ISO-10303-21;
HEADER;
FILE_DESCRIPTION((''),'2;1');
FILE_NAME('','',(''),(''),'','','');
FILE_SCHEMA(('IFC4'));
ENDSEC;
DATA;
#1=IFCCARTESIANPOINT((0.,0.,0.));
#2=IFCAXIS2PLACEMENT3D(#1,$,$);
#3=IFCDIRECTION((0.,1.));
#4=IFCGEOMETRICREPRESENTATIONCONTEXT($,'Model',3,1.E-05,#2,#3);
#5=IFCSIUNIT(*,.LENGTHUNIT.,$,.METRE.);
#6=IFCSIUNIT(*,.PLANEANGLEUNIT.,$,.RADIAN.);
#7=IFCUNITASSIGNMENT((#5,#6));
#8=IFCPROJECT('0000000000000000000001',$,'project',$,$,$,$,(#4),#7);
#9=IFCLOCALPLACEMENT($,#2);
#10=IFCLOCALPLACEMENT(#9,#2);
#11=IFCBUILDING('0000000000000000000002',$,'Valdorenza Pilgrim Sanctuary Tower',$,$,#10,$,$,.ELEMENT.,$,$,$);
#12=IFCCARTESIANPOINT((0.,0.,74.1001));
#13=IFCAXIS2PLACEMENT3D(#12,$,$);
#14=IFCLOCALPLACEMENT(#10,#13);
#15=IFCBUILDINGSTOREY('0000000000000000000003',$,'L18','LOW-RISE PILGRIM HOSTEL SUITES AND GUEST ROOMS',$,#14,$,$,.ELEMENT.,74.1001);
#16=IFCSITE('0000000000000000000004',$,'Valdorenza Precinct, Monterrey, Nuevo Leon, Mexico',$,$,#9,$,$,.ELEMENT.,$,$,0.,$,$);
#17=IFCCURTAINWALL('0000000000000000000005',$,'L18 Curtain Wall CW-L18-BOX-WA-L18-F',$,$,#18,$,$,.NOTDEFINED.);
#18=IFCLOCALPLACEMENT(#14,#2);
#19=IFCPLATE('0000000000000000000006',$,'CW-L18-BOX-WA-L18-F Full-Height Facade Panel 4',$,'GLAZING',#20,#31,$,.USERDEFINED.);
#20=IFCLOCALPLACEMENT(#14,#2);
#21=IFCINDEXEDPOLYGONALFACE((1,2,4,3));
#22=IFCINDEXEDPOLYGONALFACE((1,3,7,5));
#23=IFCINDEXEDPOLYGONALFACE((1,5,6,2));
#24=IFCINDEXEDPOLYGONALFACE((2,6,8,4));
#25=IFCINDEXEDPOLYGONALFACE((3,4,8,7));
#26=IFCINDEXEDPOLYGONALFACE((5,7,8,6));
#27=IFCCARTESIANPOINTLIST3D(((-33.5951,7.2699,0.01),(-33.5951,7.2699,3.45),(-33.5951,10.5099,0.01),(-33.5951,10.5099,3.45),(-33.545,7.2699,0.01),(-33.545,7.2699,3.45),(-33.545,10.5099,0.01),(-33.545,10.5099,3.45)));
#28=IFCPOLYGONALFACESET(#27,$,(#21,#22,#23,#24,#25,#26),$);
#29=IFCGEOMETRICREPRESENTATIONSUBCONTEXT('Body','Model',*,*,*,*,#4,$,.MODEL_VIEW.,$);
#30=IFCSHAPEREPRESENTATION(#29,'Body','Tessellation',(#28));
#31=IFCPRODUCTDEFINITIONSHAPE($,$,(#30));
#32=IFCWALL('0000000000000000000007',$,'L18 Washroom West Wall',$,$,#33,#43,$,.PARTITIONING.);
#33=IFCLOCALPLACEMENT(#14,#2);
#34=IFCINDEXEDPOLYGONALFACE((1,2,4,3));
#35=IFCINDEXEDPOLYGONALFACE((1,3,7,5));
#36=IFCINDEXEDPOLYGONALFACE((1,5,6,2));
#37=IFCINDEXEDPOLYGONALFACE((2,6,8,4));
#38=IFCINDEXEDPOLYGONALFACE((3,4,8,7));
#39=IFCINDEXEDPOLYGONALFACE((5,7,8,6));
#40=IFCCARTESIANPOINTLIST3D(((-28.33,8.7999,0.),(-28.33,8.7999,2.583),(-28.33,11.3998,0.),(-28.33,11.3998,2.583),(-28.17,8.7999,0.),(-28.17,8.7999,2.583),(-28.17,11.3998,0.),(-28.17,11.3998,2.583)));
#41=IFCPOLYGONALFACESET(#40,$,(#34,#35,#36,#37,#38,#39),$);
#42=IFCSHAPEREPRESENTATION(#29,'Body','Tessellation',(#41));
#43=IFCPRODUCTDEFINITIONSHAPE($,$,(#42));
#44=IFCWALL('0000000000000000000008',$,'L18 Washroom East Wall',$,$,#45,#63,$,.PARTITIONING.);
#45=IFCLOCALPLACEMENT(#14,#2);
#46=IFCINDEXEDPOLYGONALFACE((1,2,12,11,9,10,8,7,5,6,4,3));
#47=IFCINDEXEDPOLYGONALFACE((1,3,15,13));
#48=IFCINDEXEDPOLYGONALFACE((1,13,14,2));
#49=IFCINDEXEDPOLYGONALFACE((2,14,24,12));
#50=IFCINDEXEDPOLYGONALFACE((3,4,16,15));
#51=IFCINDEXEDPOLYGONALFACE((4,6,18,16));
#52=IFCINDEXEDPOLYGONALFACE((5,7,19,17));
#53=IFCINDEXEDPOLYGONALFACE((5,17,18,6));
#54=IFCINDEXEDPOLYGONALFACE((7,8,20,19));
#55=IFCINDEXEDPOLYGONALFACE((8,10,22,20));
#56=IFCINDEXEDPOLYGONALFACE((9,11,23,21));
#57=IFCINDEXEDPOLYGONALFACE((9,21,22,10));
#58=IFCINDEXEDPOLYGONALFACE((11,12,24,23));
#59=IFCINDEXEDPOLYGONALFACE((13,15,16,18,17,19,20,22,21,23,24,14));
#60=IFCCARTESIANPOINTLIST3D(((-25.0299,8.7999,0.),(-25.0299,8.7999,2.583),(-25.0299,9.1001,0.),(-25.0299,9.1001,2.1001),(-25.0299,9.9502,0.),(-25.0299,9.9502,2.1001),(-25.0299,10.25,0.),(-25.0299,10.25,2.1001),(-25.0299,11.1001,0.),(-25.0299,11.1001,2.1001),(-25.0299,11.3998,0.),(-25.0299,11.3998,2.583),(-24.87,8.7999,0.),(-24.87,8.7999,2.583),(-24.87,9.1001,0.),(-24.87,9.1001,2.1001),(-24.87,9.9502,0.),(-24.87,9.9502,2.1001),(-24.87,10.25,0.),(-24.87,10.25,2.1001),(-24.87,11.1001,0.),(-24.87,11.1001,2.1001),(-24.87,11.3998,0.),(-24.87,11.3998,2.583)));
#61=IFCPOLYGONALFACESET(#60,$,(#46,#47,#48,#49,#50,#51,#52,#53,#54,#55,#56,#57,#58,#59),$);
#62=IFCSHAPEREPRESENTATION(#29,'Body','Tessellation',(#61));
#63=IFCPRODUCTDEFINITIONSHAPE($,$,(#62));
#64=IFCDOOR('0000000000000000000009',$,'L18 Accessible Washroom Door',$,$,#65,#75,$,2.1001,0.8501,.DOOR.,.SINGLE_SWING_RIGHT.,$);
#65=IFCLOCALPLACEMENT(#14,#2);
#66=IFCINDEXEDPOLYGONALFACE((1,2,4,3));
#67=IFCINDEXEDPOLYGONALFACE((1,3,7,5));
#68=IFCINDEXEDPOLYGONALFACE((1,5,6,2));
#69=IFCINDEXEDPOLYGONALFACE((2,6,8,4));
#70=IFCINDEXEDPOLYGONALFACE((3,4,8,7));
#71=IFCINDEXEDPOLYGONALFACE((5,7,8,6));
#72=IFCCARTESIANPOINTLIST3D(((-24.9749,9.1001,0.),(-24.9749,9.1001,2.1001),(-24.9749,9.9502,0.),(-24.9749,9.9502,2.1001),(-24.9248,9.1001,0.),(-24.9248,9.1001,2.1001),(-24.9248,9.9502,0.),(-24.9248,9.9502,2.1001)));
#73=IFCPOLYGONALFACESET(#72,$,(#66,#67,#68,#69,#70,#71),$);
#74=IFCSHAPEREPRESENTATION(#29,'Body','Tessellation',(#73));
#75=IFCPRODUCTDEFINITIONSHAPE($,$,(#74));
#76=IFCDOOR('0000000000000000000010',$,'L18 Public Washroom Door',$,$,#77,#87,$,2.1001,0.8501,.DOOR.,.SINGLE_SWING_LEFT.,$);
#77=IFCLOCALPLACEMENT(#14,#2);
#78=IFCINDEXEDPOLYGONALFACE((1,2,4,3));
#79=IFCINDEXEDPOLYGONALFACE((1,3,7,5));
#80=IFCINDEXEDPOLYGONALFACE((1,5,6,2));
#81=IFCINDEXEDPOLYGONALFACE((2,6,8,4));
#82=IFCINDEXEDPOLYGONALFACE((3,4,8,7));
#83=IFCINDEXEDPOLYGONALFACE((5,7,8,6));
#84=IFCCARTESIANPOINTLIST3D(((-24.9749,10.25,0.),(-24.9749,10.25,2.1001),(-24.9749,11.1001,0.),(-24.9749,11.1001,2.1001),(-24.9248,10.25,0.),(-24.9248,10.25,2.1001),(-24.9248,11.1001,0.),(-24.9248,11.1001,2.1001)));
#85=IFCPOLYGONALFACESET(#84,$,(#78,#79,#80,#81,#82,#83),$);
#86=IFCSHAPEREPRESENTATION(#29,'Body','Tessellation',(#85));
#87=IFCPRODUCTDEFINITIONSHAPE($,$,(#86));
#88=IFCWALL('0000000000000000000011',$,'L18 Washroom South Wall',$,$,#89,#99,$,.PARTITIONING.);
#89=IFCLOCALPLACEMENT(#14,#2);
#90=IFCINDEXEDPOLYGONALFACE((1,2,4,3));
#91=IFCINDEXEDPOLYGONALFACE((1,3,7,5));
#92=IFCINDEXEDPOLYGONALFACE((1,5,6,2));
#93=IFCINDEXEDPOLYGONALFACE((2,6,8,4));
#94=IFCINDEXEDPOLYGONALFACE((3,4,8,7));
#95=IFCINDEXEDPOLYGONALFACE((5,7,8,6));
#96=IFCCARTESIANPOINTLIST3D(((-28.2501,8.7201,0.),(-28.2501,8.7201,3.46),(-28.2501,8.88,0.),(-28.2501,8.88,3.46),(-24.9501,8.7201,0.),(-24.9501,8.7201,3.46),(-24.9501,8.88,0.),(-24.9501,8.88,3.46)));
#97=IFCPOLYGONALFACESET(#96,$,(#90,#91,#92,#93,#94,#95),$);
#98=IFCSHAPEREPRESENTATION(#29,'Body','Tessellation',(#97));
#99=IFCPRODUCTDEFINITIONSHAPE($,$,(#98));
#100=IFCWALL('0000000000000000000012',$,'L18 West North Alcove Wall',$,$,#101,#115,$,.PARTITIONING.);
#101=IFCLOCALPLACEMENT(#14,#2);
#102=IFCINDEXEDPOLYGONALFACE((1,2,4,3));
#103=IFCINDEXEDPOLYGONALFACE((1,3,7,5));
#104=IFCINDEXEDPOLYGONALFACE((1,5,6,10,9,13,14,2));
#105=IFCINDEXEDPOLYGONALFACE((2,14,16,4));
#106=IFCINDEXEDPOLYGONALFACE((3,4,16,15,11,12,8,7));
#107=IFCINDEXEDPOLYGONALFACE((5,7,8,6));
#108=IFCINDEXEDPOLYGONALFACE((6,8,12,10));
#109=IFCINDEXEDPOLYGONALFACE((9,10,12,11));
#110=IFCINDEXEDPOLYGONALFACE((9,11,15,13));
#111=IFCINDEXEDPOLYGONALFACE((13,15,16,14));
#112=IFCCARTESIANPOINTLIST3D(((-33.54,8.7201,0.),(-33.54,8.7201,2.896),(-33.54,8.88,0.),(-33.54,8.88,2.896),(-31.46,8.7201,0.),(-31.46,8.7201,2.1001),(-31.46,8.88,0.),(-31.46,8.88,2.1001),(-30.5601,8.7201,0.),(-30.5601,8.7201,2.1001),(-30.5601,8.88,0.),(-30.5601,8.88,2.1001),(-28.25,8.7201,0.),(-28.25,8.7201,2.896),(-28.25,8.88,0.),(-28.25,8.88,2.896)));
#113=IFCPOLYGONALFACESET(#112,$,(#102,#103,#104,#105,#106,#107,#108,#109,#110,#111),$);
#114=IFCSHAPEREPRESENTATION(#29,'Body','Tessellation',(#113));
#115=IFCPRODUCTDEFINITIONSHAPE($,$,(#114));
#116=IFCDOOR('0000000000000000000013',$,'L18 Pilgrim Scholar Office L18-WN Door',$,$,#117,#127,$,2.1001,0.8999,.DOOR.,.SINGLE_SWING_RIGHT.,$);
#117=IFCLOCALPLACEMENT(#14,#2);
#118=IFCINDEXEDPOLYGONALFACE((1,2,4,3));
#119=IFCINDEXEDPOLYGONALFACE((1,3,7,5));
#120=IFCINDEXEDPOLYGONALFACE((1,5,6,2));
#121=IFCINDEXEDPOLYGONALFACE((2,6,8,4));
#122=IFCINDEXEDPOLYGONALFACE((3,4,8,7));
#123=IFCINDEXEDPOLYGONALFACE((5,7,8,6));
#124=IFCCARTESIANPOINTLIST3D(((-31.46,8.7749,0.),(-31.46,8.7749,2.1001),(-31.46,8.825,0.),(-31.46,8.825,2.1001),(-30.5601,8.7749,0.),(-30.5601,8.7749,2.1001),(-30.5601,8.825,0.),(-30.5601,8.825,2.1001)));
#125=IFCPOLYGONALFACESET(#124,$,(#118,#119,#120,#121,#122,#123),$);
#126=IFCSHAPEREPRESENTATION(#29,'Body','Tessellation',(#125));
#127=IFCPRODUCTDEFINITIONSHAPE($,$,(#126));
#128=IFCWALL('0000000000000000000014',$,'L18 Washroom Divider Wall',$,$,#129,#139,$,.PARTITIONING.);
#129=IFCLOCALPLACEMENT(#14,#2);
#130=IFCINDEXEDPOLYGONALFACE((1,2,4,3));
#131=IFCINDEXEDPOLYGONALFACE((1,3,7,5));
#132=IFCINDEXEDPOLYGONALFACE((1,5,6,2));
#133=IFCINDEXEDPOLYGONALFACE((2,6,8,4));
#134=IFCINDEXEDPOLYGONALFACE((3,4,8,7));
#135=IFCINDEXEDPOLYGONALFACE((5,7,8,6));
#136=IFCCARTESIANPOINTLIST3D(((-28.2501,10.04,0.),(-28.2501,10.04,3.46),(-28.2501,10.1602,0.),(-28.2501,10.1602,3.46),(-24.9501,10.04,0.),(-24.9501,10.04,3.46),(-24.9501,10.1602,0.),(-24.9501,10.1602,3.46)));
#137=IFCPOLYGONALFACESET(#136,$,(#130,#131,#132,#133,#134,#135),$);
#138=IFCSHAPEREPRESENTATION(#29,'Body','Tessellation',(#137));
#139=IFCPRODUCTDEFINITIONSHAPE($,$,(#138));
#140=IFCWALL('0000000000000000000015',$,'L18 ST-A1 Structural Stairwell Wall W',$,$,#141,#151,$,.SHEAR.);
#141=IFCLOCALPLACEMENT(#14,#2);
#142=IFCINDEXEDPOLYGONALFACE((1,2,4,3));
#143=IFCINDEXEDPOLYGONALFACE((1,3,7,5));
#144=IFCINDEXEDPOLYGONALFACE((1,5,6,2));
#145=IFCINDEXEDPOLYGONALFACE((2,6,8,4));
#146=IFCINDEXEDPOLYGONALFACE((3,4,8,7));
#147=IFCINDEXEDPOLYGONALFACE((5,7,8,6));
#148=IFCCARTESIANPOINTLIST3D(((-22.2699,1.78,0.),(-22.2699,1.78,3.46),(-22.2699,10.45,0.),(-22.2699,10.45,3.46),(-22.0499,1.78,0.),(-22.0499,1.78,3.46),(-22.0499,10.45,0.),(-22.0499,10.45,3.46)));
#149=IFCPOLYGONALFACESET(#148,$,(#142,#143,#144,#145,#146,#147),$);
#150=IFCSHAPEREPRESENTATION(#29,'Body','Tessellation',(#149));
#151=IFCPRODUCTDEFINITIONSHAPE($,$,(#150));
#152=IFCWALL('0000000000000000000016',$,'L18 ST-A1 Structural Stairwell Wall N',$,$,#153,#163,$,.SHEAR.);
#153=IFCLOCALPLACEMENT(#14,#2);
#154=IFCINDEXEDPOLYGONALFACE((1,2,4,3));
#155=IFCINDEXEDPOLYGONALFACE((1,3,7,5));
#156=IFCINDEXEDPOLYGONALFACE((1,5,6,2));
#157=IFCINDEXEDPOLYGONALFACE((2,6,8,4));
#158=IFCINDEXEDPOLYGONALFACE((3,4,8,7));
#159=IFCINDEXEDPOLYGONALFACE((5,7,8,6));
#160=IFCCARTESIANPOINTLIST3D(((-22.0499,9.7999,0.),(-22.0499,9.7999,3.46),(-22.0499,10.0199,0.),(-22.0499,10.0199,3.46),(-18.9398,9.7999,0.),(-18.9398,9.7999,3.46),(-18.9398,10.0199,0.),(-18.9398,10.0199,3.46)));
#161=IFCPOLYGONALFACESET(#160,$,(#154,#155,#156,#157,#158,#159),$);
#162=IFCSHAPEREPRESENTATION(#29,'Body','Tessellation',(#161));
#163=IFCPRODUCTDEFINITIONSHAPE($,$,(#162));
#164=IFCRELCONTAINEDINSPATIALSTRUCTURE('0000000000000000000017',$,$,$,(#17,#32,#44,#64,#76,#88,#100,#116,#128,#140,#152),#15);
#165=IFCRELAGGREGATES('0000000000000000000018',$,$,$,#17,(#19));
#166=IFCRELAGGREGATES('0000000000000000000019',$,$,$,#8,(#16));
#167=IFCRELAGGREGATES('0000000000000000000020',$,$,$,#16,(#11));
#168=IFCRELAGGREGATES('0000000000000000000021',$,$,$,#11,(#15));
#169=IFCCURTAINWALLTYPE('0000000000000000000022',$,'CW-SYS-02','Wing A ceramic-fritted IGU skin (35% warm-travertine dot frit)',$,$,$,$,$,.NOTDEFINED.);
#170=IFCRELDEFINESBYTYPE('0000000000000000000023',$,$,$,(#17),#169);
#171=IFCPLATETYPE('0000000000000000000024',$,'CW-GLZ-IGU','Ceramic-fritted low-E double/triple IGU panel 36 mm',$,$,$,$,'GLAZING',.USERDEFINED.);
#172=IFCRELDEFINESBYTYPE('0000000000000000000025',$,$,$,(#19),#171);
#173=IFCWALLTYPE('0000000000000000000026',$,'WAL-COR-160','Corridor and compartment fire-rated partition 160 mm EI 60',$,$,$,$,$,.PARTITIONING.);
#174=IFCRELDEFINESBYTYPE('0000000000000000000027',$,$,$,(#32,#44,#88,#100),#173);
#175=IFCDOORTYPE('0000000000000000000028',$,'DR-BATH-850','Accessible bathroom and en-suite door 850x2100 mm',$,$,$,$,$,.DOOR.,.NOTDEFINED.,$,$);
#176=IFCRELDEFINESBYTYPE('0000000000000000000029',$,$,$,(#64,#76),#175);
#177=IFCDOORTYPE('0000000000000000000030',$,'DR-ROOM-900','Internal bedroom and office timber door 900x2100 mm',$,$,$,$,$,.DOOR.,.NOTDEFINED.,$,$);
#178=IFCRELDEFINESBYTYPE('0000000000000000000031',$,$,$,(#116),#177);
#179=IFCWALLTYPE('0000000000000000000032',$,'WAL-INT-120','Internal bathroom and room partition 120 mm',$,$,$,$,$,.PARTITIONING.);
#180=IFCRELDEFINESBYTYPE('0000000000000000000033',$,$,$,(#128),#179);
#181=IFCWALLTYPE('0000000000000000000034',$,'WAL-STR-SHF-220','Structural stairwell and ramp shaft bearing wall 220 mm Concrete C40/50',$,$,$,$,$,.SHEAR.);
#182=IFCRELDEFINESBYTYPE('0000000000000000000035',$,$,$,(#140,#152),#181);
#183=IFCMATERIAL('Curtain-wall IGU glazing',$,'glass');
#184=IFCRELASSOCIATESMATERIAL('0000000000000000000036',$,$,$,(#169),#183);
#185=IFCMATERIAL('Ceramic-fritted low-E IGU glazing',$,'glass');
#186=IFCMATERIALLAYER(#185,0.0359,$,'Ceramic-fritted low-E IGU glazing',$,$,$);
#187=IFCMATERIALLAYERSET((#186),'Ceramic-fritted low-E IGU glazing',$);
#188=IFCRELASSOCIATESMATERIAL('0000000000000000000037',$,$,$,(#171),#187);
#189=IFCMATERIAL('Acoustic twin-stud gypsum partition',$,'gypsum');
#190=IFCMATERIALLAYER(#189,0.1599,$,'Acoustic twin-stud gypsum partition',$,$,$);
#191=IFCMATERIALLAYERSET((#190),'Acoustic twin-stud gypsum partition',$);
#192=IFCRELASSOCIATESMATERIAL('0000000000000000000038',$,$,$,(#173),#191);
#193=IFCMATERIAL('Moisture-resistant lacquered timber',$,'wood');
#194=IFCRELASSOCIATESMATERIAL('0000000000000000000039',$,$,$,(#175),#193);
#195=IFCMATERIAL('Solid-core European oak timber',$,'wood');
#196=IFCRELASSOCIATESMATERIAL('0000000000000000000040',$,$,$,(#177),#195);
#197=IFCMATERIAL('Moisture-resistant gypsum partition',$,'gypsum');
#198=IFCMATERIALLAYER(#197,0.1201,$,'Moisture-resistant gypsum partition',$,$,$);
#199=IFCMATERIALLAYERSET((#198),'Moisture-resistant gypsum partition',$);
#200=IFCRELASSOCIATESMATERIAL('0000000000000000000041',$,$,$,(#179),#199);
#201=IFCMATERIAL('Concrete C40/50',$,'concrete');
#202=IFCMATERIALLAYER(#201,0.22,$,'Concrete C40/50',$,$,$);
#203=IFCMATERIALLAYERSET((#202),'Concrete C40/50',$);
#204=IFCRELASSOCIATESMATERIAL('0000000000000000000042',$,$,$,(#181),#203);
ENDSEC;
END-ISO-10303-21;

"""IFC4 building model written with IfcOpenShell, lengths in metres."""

from ifc_helpers import new_model, si_unit, direction, frame, frame_2d, origin, origin_2d, place, context, subcontext, project, spatial, rectangle, extrude, source, transform, mapped, material, layer, layer_set, type_object, element, fill, aggregate, save


model = new_model("IFC4")

# Units and contexts
model_context = context("Model", 3, precision=1e-05, world=origin(), true_north=direction((0.0, 1.0)))
body_context = subcontext(model_context, "Body", "Model", "MODEL_VIEW")
ifc_project = project(units=[si_unit("LENGTHUNIT", "METRE"), si_unit("PLANEANGLEUNIT", "RADIAN")], contexts=[model_context])

# Site, building, storey
site_placement = place(None, origin())
site = spatial("IfcSite", under=ifc_project, at=site_placement, Name="Valdorenza Precinct, Monterrey, Nuevo Leon, Mexico", CompositionType="ELEMENT", RefElevation=0.0)
building_placement = place(site_placement, origin())
building = spatial("IfcBuilding", under=site, at=building_placement, Name="Valdorenza Pilgrim Sanctuary Tower", CompositionType="ELEMENT")
storey_placement = place(building_placement, frame((0.0, 0.0, 74.1001)))
storey = spatial("IfcBuildingStorey", under=building, at=storey_placement, Name="L18", Description="LOW-RISE PILGRIM HOSTEL SUITES AND GUEST ROOMS", CompositionType="ELEMENT", Elevation=74.1001)

# Curtain wall
ifc_material_1 = material(Name="Curtain-wall IGU glazing", Category="glass")
curtain_wall_type = type_object("IfcCurtainWallType", Name="CW-SYS-02", Description="Wing A ceramic-fritted IGU skin (35% warm-travertine dot frit)", PredefinedType="NOTDEFINED", material=ifc_material_1)
curtain_wall_1_placement = place(storey_placement, origin())
curtain_wall_1 = element("IfcCurtainWall", 1, at=curtain_wall_1_placement, inside=storey, type_object=curtain_wall_type, Name="L18 Curtain Wall CW-L18-BOX-WA-L18-F", PredefinedType="NOTDEFINED")

# Plate
ifc_material_2 = material(Name="Ceramic-fritted low-E IGU glazing", Category="glass")
ifc_layer_1 = layer(ifc_material_2, 0.0359, Name="Ceramic-fritted low-E IGU glazing")
ifc_layer_set_1 = layer_set([ifc_layer_1], Name="Ceramic-fritted low-E IGU glazing")
plate_type_1 = type_object("IfcPlateType", Name="CW-GLZ-IGU", Description="Ceramic-fritted low-E double/triple IGU panel 36 mm", ElementType="GLAZING", PredefinedType="USERDEFINED", material=ifc_layer_set_1)
shared_shape_1 = source(origin(), body_context, "Body", "SweptSolid", [
    extrude(rectangle(XDim=3.24, YDim=0.05, at=origin_2d()), origin(), (0.0, 0.0, 1.0), 3.4399),
])
plate_1_placement = place(storey_placement, frame((-33.5701, 8.8899, 0.01), z_axis=(0.0, 0.0, 1.0), x_axis=(0.0, 1.0, 0.0)))
plate_1 = element("IfcPlate", 2, at=plate_1_placement, type_object=plate_type_1, Name="CW-L18-BOX-WA-L18-F Full-Height Facade Panel 4", ObjectType="GLAZING", PredefinedType="USERDEFINED", context=body_context, shape_type="MappedRepresentation", body=[
    mapped(shared_shape_1, transform((0.0, 0.0, 0.0), x_axis=(1.0, 0.0, 0.0), y_axis=(0.0, 1.0, 0.0), z_axis=(0.0, 0.0, 1.0), scale=1.0)),
])
aggregate(curtain_wall_1, [plate_1])

# Wall
ifc_material_3 = material(Name="Acoustic twin-stud gypsum partition", Category="gypsum")
ifc_layer_2 = layer(ifc_material_3, 0.1599, Name="Acoustic twin-stud gypsum partition")
ifc_layer_set_2 = layer_set([ifc_layer_2], Name="Acoustic twin-stud gypsum partition")
wall_type_1 = type_object("IfcWallType", Name="WAL-COR-160", Description="Corridor and compartment fire-rated partition 160 mm EI 60", PredefinedType="PARTITIONING", material=ifc_layer_set_2)
wall_1_placement = place(storey_placement, frame((-28.25, 8.8, 0.0), z_axis=(0.0, 0.0, 1.0), x_axis=(0.0, 1.0, 0.0)))
element("IfcWall", 3, at=wall_1_placement, inside=storey, type_object=wall_type_1, Name="L18 Washroom West Wall", PredefinedType="PARTITIONING", context=body_context, shape_type="SweptSolid", body=[
    extrude(rectangle(XDim=2.5999, YDim=0.1599, at=frame_2d((1.2998, 0.0))), origin(), (0.0, 0.0, 1.0), 2.583),
])

# Wall, openings, doors
wall_2_placement = place(storey_placement, frame((-24.95, 8.8, 0.0), z_axis=(0.0, 0.0, 1.0), x_axis=(0.0, 1.0, 0.0)))
wall_2 = element("IfcWall", 4, at=wall_2_placement, inside=storey, type_object=wall_type_1, Name="L18 Washroom East Wall", PredefinedType="PARTITIONING", context=body_context, shape_type="SweptSolid", body=[
    extrude(rectangle(XDim=2.5999, YDim=0.1599, at=frame_2d((1.2998, 0.0))), origin(), (0.0, 0.0, 1.0), 2.583),
])
opening_1_placement = place(wall_2_placement, frame((0.3, 0.0, 0.0)))
opening_1 = element("IfcOpeningElement", 5, at=opening_1_placement, cuts=wall_2, PredefinedType="OPENING", context=body_context, shape_type="SweptSolid", body=[
    extrude(rectangle(XDim=0.8501, YDim=2.1001, at=frame_2d((0.425, 1.05))), frame((0.0, 0.0947, 0.0), z_axis=(0.0, -1.0, 0.0), x_axis=(1.0, 0.0, 0.0)), (0.0, 0.0, 1.0), 0.1897),
])
opening_2_placement = place(wall_2_placement, frame((1.45, 0.0, 0.0)))
opening_2 = element("IfcOpeningElement", 6, at=opening_2_placement, cuts=wall_2, PredefinedType="OPENING", context=body_context, shape_type="SweptSolid", body=[
    extrude(rectangle(XDim=0.8501, YDim=2.1001, at=frame_2d((0.425, 1.05))), frame((0.0, 0.0947, 0.0), z_axis=(0.0, -1.0, 0.0), x_axis=(1.0, 0.0, 0.0)), (0.0, 0.0, 1.0), 0.1897),
])
ifc_material_4 = material(Name="Moisture-resistant lacquered timber", Category="wood")
door_type_1 = type_object("IfcDoorType", Name="DR-BATH-850", Description="Accessible bathroom and en-suite door 850x2100 mm", OperationType="NOTDEFINED", PredefinedType="DOOR", material=ifc_material_4)
door_1_placement = place(opening_1_placement, origin())
door_1 = element("IfcDoor", 7, at=door_1_placement, inside=storey, type_object=door_type_1, Name="L18 Accessible Washroom Door", OperationType="SINGLE_SWING_RIGHT", OverallHeight=2.1001, OverallWidth=0.8501, PredefinedType="DOOR", context=body_context, shape_type="SweptSolid", body=[
    extrude(rectangle(XDim=0.8501, YDim=2.1001, at=frame_2d((0.425, 1.05))), frame((0.0, 0.0249, 0.0), z_axis=(0.0, -1.0, 0.0), x_axis=(1.0, 0.0, 0.0)), (0.0, 0.0, 1.0), 0.05),
])
fill(opening_1, door_1)
door_2_placement = place(opening_2_placement, origin())
door_2 = element("IfcDoor", 8, at=door_2_placement, inside=storey, type_object=door_type_1, Name="L18 Public Washroom Door", OperationType="SINGLE_SWING_LEFT", OverallHeight=2.1001, OverallWidth=0.8501, PredefinedType="DOOR", context=body_context, shape_type="SweptSolid", body=[
    extrude(rectangle(XDim=0.8501, YDim=2.1001, at=frame_2d((0.425, 1.05))), frame((0.0, 0.0249, 0.0), z_axis=(0.0, -1.0, 0.0), x_axis=(1.0, 0.0, 0.0)), (0.0, 0.0, 1.0), 0.05),
])
fill(opening_2, door_2)

# Wall
wall_3_placement = place(storey_placement, frame((-28.25, 8.8, 0.0), z_axis=(0.0, 0.0, 1.0), x_axis=(1.0, 0.0, 0.0)))
element("IfcWall", 9, at=wall_3_placement, inside=storey, type_object=wall_type_1, Name="L18 Washroom South Wall", PredefinedType="PARTITIONING", context=body_context, shape_type="SweptSolid", body=[
    extrude(rectangle(XDim=3.3, YDim=0.1599, at=frame_2d((1.6499, 0.0))), origin(), (0.0, 0.0, 1.0), 3.46),
])

# Wall, opening, door
wall_4_placement = place(storey_placement, frame((-33.54, 8.8, 0.0), z_axis=(0.0, 0.0, 1.0), x_axis=(1.0, 0.0, 0.0)))
wall_4 = element("IfcWall", 10, at=wall_4_placement, inside=storey, type_object=wall_type_1, Name="L18 West North Alcove Wall", PredefinedType="PARTITIONING", context=body_context, shape_type="SweptSolid", body=[
    extrude(rectangle(XDim=5.29, YDim=0.1599, at=frame_2d((2.645, 0.0))), origin(), (0.0, 0.0, 1.0), 2.896),
])
opening_3_placement = place(wall_4_placement, frame((2.0801, 0.0, 0.0)))
opening_3 = element("IfcOpeningElement", 11, at=opening_3_placement, cuts=wall_4, PredefinedType="OPENING", context=body_context, shape_type="SweptSolid", body=[
    extrude(rectangle(XDim=0.8999, YDim=2.1001, at=frame_2d((0.45, 1.05))), frame((0.0, 0.0947, 0.0), z_axis=(0.0, -1.0, 0.0), x_axis=(1.0, 0.0, 0.0)), (0.0, 0.0, 1.0), 0.1897),
])
ifc_material_5 = material(Name="Solid-core European oak timber", Category="wood")
door_type_2 = type_object("IfcDoorType", Name="DR-ROOM-900", Description="Internal bedroom and office timber door 900x2100 mm", OperationType="NOTDEFINED", PredefinedType="DOOR", material=ifc_material_5)
door_3_placement = place(opening_3_placement, origin())
door_3 = element("IfcDoor", 12, at=door_3_placement, inside=storey, type_object=door_type_2, Name="L18 Pilgrim Scholar Office L18-WN Door", OperationType="SINGLE_SWING_RIGHT", OverallHeight=2.1001, OverallWidth=0.8999, PredefinedType="DOOR", context=body_context, shape_type="SweptSolid", body=[
    extrude(rectangle(XDim=0.8999, YDim=2.1001, at=frame_2d((0.45, 1.05))), frame((0.0, 0.0249, 0.0), z_axis=(0.0, -1.0, 0.0), x_axis=(1.0, 0.0, 0.0)), (0.0, 0.0, 1.0), 0.05),
])
fill(opening_3, door_3)

# Walls
ifc_material_6 = material(Name="Moisture-resistant gypsum partition", Category="gypsum")
ifc_layer_3 = layer(ifc_material_6, 0.1201, Name="Moisture-resistant gypsum partition")
ifc_layer_set_3 = layer_set([ifc_layer_3], Name="Moisture-resistant gypsum partition")
wall_type_2 = type_object("IfcWallType", Name="WAL-INT-120", Description="Internal bathroom and room partition 120 mm", PredefinedType="PARTITIONING", material=ifc_layer_set_3)
wall_5_placement = place(storey_placement, frame((-28.25, 10.1001, 0.0), z_axis=(0.0, 0.0, 1.0), x_axis=(1.0, 0.0, 0.0)))
element("IfcWall", 13, at=wall_5_placement, inside=storey, type_object=wall_type_2, Name="L18 Washroom Divider Wall", PredefinedType="PARTITIONING", context=body_context, shape_type="SweptSolid", body=[
    extrude(rectangle(XDim=3.3, YDim=0.1201, at=frame_2d((1.6499, 0.0))), origin(), (0.0, 0.0, 1.0), 3.46),
])
ifc_material_7 = material(Name="Concrete C40/50", Category="concrete")
ifc_layer_4 = layer(ifc_material_7, 0.22, Name="Concrete C40/50")
ifc_layer_set_4 = layer_set([ifc_layer_4], Name="Concrete C40/50")
wall_type_3 = type_object("IfcWallType", Name="WAL-STR-SHF-220", Description="Structural stairwell and ramp shaft bearing wall 220 mm Concrete C40/50", PredefinedType="SHEAR", material=ifc_layer_set_4)
wall_6_placement = place(storey_placement, frame((-22.1599, 1.78, 0.0), z_axis=(0.0, 0.0, 1.0), x_axis=(0.0, 1.0, 0.0)))
element("IfcWall", 14, at=wall_6_placement, inside=storey, type_object=wall_type_3, Name="L18 ST-A1 Structural Stairwell Wall W", PredefinedType="SHEAR", context=body_context, shape_type="SweptSolid", body=[
    extrude(rectangle(XDim=8.6699, YDim=0.22, at=frame_2d((4.335, 0.0))), origin(), (0.0, 0.0, 1.0), 3.46),
])

# Wall
wall_7_placement = place(storey_placement, frame((-22.05, 9.9099, 0.0), z_axis=(0.0, 0.0, 1.0), x_axis=(1.0, 0.0, 0.0)))
element("IfcWall", 15, at=wall_7_placement, inside=storey, type_object=wall_type_3, Name="L18 ST-A1 Structural Stairwell Wall N", PredefinedType="SHEAR", context=body_context, shape_type="SweptSolid", body=[
    extrude(rectangle(XDim=3.1101, YDim=0.22, at=frame_2d((1.5552, 0.0))), origin(), (0.0, 0.0, 1.0), 3.46),
])

save(model, "model.ifc")
